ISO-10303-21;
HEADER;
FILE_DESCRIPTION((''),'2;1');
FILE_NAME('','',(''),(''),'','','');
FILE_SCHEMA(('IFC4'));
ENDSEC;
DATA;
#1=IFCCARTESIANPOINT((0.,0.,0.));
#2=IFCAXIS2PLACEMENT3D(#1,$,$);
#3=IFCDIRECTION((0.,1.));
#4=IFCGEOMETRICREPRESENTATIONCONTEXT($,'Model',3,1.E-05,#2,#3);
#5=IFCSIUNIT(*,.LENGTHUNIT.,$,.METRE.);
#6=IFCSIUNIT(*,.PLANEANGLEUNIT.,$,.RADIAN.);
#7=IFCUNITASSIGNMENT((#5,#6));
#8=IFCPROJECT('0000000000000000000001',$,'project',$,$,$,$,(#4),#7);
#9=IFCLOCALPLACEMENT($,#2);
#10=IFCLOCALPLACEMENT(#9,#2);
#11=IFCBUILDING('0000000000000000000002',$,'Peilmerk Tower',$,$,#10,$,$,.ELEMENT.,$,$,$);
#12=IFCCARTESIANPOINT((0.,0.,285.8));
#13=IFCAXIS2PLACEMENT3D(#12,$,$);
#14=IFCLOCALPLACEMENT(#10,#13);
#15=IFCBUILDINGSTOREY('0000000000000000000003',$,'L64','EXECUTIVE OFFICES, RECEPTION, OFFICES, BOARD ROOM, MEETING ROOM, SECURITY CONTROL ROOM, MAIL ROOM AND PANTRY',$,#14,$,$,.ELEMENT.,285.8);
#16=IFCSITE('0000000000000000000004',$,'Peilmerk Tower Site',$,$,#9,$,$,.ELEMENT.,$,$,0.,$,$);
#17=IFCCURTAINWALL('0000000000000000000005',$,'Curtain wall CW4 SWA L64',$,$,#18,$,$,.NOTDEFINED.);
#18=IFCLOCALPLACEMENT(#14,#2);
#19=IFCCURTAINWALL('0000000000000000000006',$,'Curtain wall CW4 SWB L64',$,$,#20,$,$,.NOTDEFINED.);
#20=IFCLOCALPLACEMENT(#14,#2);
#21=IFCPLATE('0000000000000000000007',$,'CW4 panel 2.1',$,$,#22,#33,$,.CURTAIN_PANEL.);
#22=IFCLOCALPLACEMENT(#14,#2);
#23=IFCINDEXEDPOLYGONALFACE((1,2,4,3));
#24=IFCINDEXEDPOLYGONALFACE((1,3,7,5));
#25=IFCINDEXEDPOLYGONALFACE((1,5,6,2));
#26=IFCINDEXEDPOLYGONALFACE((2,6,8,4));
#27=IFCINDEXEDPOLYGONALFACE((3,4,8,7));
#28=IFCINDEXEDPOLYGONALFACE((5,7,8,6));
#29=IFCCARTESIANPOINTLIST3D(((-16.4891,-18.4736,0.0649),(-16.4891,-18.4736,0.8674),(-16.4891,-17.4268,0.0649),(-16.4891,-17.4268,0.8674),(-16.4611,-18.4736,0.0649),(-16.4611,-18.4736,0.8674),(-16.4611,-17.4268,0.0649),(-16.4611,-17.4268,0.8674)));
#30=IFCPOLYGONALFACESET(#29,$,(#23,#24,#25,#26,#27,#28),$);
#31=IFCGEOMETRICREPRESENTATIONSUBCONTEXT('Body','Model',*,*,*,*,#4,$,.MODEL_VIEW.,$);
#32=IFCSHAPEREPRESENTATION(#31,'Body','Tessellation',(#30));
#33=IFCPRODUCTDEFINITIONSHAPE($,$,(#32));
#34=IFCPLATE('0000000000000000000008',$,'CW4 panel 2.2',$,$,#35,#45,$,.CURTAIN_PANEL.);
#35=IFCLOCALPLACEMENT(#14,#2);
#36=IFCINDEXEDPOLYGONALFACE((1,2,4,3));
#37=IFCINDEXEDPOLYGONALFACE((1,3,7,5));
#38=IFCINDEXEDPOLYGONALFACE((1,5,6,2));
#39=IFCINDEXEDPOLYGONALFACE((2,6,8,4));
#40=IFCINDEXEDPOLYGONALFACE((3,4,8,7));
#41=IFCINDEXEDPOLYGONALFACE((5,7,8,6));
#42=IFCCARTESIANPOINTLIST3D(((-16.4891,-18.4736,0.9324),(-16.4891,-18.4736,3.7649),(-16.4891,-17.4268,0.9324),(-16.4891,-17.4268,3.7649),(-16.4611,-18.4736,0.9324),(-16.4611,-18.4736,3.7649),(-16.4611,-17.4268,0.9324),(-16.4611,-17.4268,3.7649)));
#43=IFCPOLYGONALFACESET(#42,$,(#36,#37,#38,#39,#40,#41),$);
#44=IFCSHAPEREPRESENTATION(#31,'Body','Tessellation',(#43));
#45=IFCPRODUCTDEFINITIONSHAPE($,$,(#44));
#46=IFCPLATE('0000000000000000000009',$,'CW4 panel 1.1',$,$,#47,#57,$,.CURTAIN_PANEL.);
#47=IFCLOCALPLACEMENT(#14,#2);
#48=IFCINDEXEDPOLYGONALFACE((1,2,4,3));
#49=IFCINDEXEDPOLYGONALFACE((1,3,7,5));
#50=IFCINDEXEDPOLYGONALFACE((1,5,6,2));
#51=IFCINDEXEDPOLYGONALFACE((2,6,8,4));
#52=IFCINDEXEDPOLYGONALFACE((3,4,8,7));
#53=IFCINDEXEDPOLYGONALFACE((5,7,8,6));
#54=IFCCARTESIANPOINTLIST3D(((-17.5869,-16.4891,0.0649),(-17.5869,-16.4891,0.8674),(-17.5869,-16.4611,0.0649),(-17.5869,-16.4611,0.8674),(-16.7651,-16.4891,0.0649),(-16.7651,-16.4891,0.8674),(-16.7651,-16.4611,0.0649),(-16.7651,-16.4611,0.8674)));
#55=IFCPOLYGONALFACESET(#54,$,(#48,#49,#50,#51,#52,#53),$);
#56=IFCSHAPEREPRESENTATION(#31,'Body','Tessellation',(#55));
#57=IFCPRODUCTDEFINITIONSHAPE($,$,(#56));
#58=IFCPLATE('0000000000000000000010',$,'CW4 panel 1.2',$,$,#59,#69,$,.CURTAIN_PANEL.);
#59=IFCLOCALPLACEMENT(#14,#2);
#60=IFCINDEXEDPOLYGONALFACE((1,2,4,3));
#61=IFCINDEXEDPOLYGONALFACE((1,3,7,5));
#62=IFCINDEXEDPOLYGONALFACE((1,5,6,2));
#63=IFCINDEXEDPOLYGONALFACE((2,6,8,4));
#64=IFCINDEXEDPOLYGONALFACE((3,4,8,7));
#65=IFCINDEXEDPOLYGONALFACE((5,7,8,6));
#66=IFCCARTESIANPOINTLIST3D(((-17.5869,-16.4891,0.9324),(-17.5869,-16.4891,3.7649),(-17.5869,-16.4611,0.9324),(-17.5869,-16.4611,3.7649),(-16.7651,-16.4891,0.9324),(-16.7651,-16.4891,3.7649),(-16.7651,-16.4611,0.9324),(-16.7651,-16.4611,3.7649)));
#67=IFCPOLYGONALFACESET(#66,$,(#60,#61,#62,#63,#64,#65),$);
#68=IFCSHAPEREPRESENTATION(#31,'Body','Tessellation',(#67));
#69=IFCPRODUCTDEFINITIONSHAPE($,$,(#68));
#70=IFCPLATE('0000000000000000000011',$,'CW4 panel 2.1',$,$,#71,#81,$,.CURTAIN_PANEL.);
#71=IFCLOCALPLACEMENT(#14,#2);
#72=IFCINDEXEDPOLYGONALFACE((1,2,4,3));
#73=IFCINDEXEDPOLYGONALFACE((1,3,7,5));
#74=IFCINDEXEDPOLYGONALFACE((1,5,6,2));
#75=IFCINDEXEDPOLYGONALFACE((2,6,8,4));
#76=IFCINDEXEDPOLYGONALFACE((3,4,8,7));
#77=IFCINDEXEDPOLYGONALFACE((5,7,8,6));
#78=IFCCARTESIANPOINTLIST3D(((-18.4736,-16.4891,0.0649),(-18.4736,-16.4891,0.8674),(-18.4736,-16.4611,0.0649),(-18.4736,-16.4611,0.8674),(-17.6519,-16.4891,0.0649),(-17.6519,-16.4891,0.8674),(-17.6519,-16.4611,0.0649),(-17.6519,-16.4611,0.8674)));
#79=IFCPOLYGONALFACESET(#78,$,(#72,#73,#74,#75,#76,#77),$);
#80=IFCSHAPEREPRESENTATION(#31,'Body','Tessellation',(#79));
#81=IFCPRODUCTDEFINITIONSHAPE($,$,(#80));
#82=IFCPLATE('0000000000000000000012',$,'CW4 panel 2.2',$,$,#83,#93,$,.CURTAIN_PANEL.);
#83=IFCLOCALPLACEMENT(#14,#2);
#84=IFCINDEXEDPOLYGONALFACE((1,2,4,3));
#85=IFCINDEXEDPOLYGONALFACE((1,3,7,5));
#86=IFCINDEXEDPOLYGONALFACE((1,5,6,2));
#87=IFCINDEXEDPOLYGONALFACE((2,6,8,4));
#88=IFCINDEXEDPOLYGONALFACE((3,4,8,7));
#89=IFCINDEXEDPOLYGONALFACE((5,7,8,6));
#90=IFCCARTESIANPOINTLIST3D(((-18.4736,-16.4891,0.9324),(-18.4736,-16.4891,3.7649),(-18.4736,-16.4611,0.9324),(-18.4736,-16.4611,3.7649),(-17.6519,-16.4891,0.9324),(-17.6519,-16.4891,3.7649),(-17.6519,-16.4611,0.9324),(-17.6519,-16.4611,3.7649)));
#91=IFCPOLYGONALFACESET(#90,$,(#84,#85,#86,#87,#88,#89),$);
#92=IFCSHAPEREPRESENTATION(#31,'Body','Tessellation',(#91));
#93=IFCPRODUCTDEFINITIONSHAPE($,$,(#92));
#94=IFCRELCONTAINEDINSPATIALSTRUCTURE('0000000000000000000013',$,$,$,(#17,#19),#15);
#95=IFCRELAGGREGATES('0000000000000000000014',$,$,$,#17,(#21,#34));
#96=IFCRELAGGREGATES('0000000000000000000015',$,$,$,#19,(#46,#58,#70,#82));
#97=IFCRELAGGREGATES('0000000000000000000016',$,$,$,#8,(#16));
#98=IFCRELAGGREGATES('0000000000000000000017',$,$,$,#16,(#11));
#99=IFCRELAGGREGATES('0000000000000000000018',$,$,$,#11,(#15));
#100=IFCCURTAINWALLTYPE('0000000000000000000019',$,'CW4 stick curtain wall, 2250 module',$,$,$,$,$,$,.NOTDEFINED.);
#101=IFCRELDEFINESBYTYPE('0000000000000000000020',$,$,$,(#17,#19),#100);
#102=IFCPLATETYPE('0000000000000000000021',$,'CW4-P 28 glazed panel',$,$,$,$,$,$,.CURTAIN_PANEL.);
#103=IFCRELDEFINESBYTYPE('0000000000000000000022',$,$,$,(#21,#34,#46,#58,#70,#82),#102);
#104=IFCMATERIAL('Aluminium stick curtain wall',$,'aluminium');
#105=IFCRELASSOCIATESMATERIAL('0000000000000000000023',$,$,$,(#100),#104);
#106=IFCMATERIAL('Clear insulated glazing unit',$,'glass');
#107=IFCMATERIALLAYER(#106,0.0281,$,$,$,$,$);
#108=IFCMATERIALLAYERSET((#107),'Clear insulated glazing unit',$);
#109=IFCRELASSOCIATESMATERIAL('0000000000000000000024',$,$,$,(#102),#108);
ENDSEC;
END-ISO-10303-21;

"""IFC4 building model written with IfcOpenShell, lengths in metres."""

from ifc_helpers import new_model, si_unit, direction, frame, origin, origin_2d, place, context, subcontext, project, spatial, rectangle, extrude, material, layer, layer_set, type_object, element, aggregate, save


model = new_model("IFC4")

# Units and contexts
model_context = context("Model", 3, precision=1e-05, world=origin(), true_north=direction((0.0, 1.0)))
body_context = subcontext(model_context, "Body", "Model", "MODEL_VIEW")
ifc_project = project(units=[si_unit("LENGTHUNIT", "METRE"), si_unit("PLANEANGLEUNIT", "RADIAN")], contexts=[model_context])

# Site, building, storey
site_placement = place(None, origin())
site = spatial("IfcSite", under=ifc_project, at=site_placement, Name="Peilmerk Tower Site", CompositionType="ELEMENT", RefElevation=0.0)
building_placement = place(site_placement, origin())
building = spatial("IfcBuilding", under=site, at=building_placement, Name="Peilmerk Tower", CompositionType="ELEMENT")
storey_placement = place(building_placement, frame((0.0, 0.0, 285.8)))
storey = spatial("IfcBuildingStorey", under=building, at=storey_placement, Name="L64", Description="EXECUTIVE OFFICES, RECEPTION, OFFICES, BOARD ROOM, MEETING ROOM, SECURITY CONTROL ROOM, MAIL ROOM AND PANTRY", CompositionType="ELEMENT", Elevation=285.8)

# Curtain wall
ifc_material_1 = material(Name="Aluminium stick curtain wall", Category="aluminium")
curtain_wall_type = type_object("IfcCurtainWallType", Name="CW4 stick curtain wall, 2250 module", PredefinedType="NOTDEFINED", material=ifc_material_1)
curtain_wall_1_placement = place(storey_placement, origin())
curtain_wall_1 = element("IfcCurtainWall", 1, at=curtain_wall_1_placement, inside=storey, type_object=curtain_wall_type, Name="Curtain wall CW4 SWA L64", PredefinedType="NOTDEFINED")

# Curtain wall
curtain_wall_2_placement = place(storey_placement, origin())
curtain_wall_2 = element("IfcCurtainWall", 2, at=curtain_wall_2_placement, inside=storey, type_object=curtain_wall_type, Name="Curtain wall CW4 SWB L64", PredefinedType="NOTDEFINED")

# Plates
ifc_material_2 = material(Name="Clear insulated glazing unit", Category="glass")
ifc_layer_1 = layer(ifc_material_2, 0.0281)
ifc_layer_set_1 = layer_set([ifc_layer_1], Name="Clear insulated glazing unit")
plate_type = type_object("IfcPlateType", Name="CW4-P 28 glazed panel", PredefinedType="CURTAIN_PANEL", material=ifc_layer_set_1)
plate_1_placement = place(storey_placement, frame((-16.4751, -17.9502, 0.0649), z_axis=(0.0, 0.0, 1.0), x_axis=(0.0, -1.0, 0.0)))
plate_1 = element("IfcPlate", 3, at=plate_1_placement, type_object=plate_type, Name="CW4 panel 2.1", PredefinedType="CURTAIN_PANEL", context=body_context, shape_type="SweptSolid", body=[
    extrude(rectangle(XDim=1.0469, YDim=0.0281, at=origin_2d()), origin(), (0.0, 0.0, 1.0), 0.8025),
])
plate_2_placement = place(storey_placement, frame((-16.4751, -17.9502, 0.9324), z_axis=(0.0, 0.0, 1.0), x_axis=(0.0, -1.0, 0.0)))
plate_2 = element("IfcPlate", 4, at=plate_2_placement, type_object=plate_type, Name="CW4 panel 2.2", PredefinedType="CURTAIN_PANEL", context=body_context, shape_type="SweptSolid", body=[
    extrude(rectangle(XDim=1.0469, YDim=0.0281, at=origin_2d()), origin(), (0.0, 0.0, 1.0), 2.8325),
])
aggregate(curtain_wall_1, [plate_1, plate_2])
plate_3_placement = place(storey_placement, frame((-17.176, -16.4751, 0.0649), z_axis=(0.0, 0.0, 1.0), x_axis=(-1.0, 0.0, 0.0)))
plate_3 = element("IfcPlate", 5, at=plate_3_placement, type_object=plate_type, Name="CW4 panel 1.1", PredefinedType="CURTAIN_PANEL", context=body_context, shape_type="SweptSolid", body=[
    extrude(rectangle(XDim=0.8218, YDim=0.0281, at=origin_2d()), origin(), (0.0, 0.0, 1.0), 0.8025),
])
plate_4_placement = place(storey_placement, frame((-17.176, -16.4751, 0.9324), z_axis=(0.0, 0.0, 1.0), x_axis=(-1.0, 0.0, 0.0)))
plate_4 = element("IfcPlate", 6, at=plate_4_placement, type_object=plate_type, Name="CW4 panel 1.2", PredefinedType="CURTAIN_PANEL", context=body_context, shape_type="SweptSolid", body=[
    extrude(rectangle(XDim=0.8218, YDim=0.0281, at=origin_2d()), origin(), (0.0, 0.0, 1.0), 2.8325),
])
plate_5_placement = place(storey_placement, frame((-18.0627, -16.4751, 0.0649), z_axis=(0.0, 0.0, 1.0), x_axis=(-1.0, 0.0, 0.0)))
plate_5 = element("IfcPlate", 7, at=plate_5_placement, type_object=plate_type, Name="CW4 panel 2.1", PredefinedType="CURTAIN_PANEL", context=body_context, shape_type="SweptSolid", body=[
    extrude(rectangle(XDim=0.8218, YDim=0.0281, at=origin_2d()), origin(), (0.0, 0.0, 1.0), 0.8025),
])
plate_6_placement = place(storey_placement, frame((-18.0627, -16.4751, 0.9324), z_axis=(0.0, 0.0, 1.0), x_axis=(-1.0, 0.0, 0.0)))
plate_6 = element("IfcPlate", 8, at=plate_6_placement, type_object=plate_type, Name="CW4 panel 2.2", PredefinedType="CURTAIN_PANEL", context=body_context, shape_type="SweptSolid", body=[
    extrude(rectangle(XDim=0.8218, YDim=0.0281, at=origin_2d()), origin(), (0.0, 0.0, 1.0), 2.8325),
])
aggregate(curtain_wall_2, [plate_3, plate_4, plate_5, plate_6])

save(model, "model.ifc")
